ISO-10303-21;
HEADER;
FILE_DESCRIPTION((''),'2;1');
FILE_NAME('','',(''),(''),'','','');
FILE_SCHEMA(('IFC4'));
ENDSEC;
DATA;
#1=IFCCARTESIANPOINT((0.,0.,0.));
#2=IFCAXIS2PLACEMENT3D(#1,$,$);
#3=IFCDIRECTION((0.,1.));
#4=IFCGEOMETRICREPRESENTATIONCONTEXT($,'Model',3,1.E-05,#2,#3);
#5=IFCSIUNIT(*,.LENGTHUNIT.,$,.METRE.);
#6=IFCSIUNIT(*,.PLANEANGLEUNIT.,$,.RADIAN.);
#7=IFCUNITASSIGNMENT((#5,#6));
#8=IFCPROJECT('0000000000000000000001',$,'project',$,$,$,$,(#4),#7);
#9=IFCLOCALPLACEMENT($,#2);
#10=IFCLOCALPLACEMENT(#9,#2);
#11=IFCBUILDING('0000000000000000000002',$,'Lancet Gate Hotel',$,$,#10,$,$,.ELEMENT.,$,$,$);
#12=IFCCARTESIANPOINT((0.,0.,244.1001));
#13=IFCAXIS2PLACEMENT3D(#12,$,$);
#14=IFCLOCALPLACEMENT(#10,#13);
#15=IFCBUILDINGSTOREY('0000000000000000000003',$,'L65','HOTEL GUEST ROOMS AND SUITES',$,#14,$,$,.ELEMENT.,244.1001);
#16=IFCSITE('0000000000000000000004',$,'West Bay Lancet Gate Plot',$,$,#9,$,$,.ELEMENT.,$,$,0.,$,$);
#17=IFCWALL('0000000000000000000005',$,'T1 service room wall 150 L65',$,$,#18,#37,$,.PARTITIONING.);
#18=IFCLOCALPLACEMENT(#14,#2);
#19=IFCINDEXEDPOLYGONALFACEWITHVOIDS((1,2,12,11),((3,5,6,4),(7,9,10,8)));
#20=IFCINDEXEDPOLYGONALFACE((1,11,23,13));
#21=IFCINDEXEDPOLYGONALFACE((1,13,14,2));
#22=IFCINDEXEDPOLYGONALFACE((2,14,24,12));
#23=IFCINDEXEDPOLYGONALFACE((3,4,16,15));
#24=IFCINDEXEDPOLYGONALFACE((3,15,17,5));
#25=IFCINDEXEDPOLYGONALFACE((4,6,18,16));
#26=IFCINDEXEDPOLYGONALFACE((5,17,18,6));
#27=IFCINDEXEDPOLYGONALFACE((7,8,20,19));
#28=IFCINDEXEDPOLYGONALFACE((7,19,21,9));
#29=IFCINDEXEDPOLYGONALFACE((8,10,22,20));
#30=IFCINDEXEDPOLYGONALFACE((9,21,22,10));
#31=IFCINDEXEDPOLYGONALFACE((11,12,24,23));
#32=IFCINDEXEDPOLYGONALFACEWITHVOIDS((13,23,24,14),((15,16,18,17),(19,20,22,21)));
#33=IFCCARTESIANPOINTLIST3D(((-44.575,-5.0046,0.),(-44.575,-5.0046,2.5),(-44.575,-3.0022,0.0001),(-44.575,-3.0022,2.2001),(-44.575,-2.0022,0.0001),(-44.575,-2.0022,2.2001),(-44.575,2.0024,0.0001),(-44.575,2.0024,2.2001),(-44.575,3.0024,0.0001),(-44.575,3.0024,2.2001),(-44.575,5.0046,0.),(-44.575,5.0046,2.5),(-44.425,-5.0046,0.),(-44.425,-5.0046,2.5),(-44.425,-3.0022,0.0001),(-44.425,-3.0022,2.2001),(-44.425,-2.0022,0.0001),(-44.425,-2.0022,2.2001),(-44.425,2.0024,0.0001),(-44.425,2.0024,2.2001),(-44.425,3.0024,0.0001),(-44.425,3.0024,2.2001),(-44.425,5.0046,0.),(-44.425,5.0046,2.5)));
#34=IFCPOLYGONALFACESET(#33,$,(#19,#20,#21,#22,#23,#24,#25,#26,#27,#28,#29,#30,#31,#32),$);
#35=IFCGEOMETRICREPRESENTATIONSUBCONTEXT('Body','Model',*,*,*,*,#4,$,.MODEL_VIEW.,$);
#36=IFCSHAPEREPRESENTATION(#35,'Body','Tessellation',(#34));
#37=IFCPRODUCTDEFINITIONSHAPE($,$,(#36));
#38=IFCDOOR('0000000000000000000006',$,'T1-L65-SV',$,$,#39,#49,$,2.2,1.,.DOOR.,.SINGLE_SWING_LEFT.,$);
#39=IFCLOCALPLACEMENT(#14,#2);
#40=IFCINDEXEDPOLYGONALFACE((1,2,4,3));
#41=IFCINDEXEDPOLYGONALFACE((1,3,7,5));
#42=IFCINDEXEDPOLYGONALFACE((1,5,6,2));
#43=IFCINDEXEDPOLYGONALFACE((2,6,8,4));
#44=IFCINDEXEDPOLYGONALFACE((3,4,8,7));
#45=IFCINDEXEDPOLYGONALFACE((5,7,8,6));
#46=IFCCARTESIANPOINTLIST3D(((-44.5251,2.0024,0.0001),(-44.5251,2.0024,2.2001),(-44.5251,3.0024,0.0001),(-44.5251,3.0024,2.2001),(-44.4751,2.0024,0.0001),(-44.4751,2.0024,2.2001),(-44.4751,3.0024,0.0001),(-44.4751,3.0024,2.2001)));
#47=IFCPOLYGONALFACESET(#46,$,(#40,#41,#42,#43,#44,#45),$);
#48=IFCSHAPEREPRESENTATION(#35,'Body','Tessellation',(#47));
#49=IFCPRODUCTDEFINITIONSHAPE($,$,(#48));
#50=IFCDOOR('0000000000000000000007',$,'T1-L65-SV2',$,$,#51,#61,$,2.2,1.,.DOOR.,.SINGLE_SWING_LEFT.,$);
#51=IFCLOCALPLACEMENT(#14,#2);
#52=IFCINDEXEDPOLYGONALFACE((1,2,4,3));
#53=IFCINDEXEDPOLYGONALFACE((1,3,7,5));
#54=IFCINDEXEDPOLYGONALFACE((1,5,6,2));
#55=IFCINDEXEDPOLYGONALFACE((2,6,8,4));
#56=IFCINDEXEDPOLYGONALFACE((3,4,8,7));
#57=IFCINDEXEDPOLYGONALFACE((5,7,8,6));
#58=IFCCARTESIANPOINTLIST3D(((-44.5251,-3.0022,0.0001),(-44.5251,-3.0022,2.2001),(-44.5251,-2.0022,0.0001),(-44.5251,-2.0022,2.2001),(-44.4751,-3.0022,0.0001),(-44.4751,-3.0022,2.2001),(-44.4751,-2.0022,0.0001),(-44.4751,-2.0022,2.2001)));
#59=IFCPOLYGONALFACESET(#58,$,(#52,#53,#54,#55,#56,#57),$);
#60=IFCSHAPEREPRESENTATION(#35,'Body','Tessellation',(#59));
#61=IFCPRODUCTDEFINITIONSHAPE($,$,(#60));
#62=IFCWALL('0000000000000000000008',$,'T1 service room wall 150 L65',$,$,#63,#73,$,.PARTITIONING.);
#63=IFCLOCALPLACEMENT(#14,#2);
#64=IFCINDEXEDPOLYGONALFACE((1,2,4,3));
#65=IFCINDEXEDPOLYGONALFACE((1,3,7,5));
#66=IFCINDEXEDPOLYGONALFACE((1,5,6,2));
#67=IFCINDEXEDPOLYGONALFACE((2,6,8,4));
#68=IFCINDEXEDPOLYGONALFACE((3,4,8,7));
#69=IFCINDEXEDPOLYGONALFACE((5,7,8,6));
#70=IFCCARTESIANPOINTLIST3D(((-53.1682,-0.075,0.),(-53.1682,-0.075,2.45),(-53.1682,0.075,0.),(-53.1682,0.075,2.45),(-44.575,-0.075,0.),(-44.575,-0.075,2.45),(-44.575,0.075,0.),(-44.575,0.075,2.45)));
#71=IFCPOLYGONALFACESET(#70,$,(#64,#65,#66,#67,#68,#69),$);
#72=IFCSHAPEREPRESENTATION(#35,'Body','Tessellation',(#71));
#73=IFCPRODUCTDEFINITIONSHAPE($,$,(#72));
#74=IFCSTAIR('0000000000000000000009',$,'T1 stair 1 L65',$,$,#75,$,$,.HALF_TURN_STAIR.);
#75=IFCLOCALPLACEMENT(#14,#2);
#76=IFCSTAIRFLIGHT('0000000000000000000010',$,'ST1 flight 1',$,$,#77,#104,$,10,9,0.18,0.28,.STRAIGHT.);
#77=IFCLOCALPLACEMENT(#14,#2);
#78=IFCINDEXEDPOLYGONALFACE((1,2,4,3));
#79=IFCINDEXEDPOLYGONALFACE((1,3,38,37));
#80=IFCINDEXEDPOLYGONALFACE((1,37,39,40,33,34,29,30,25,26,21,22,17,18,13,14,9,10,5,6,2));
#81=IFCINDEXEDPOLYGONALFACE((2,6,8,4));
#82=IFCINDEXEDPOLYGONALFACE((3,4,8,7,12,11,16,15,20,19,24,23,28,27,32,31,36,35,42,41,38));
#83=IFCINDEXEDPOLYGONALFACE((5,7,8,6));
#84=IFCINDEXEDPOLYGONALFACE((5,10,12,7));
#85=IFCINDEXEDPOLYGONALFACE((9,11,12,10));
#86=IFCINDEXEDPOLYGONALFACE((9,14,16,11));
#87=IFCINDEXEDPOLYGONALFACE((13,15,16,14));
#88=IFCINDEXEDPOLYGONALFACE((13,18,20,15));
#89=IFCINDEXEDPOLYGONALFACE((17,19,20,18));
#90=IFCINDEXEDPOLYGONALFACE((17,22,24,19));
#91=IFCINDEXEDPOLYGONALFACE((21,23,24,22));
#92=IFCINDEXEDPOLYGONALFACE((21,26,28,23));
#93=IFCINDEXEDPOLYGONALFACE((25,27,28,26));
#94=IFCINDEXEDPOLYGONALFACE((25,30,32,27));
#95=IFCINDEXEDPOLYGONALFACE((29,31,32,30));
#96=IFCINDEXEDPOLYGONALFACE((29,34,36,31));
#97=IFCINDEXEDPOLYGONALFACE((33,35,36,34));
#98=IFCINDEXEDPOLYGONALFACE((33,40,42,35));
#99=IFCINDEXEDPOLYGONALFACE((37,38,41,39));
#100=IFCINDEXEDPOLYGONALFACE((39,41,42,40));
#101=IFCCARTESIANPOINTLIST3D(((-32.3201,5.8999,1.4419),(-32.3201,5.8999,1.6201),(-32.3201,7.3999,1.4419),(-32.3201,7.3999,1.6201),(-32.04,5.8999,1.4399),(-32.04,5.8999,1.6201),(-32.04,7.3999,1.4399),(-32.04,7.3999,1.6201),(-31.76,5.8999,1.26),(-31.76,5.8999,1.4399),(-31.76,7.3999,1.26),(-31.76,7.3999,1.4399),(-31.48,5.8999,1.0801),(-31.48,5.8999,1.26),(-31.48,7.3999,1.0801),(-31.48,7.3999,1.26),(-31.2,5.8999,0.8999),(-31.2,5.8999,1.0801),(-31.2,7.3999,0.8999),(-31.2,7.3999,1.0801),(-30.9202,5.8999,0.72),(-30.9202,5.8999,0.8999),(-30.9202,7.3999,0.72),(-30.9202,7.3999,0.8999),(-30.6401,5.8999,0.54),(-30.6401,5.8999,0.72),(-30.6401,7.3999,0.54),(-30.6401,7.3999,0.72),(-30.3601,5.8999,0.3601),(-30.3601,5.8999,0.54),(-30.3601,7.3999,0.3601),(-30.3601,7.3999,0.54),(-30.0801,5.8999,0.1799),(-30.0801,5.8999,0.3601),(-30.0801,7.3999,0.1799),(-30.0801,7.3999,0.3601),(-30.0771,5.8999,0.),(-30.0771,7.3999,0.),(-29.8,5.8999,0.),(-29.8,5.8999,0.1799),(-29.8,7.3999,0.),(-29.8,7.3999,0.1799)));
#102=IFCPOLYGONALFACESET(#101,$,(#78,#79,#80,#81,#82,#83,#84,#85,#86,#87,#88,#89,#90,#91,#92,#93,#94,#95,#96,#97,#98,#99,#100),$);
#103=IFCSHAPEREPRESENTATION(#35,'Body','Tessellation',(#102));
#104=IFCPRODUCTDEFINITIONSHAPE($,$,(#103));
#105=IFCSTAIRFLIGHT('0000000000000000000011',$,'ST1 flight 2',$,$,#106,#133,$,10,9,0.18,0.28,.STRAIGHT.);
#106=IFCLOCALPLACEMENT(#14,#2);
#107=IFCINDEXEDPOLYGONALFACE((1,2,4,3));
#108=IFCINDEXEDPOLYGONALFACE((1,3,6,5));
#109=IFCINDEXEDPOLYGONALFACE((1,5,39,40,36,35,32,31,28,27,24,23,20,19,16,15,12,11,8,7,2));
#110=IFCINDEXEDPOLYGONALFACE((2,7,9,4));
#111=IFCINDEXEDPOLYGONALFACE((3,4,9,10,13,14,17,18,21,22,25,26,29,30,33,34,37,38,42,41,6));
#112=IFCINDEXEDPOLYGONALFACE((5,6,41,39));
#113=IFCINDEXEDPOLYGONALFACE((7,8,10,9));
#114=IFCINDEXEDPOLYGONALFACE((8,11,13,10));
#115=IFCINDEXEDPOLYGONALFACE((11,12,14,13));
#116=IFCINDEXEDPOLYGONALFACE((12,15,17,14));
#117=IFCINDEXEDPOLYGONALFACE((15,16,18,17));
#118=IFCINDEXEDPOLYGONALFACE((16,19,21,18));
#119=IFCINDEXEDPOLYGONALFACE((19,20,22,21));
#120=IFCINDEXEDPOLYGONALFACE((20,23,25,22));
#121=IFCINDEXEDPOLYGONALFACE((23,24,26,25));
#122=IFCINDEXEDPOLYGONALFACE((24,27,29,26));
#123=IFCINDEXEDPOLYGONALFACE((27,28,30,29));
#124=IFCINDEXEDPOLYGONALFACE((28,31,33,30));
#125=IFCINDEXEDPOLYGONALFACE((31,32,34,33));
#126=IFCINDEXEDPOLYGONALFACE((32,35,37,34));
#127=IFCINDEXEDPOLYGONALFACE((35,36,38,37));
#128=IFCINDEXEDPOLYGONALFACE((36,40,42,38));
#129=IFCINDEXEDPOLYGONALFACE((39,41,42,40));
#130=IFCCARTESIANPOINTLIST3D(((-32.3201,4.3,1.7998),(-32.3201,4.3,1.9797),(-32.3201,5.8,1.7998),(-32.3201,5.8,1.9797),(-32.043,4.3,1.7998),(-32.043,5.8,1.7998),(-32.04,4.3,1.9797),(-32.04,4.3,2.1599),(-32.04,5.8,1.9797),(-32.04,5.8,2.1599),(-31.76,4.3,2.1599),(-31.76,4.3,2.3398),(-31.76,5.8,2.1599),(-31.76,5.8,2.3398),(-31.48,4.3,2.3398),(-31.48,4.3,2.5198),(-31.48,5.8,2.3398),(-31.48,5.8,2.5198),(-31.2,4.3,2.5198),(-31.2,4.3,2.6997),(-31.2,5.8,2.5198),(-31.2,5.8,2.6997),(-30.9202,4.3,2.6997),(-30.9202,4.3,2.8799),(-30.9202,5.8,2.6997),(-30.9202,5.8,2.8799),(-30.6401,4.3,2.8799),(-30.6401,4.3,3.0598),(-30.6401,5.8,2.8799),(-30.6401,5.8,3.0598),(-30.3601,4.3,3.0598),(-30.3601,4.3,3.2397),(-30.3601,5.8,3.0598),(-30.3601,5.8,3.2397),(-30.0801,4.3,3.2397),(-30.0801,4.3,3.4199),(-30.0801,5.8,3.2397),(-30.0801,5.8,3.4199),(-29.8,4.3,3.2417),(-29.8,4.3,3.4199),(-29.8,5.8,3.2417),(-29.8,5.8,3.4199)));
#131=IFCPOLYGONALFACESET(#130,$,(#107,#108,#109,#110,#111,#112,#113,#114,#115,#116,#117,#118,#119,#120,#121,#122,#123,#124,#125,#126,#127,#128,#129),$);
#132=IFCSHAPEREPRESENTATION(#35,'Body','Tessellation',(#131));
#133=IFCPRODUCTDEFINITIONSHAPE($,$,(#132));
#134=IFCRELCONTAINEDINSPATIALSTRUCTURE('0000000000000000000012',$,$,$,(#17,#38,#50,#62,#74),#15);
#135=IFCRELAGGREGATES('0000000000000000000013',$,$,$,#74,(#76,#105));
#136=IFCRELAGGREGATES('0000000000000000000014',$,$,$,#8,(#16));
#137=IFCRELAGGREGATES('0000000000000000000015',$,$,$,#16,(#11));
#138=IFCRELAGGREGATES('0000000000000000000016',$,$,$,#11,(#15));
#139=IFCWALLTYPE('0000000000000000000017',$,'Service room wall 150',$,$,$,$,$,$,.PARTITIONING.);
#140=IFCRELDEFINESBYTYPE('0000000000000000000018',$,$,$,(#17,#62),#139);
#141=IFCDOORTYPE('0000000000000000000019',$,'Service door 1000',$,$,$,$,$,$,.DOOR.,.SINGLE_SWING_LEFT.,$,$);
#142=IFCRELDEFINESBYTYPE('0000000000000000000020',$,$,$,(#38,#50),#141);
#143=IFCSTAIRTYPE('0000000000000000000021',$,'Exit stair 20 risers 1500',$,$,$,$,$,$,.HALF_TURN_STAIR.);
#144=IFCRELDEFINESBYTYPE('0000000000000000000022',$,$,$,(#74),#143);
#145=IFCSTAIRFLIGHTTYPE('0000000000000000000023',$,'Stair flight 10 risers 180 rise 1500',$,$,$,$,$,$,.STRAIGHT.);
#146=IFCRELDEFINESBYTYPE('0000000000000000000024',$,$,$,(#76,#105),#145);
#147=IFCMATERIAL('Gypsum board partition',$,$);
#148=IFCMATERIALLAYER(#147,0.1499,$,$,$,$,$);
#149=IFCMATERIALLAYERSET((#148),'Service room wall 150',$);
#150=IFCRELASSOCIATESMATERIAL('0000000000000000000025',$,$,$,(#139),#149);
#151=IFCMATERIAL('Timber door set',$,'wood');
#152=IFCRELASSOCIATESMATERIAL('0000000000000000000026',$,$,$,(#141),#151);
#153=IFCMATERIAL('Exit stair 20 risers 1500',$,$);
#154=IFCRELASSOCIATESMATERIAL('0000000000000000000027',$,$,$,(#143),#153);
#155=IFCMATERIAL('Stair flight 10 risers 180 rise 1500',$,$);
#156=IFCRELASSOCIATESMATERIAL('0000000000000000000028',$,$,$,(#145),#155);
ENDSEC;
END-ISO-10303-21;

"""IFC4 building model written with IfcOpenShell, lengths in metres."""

from ifc_helpers import new_model, si_unit, direction, frame, frame_2d, origin, place, context, subcontext, project, spatial, polyline, rectangle, outline, extrude, material, layer, layer_set, type_object, element, fill, aggregate, save


model = new_model("IFC4")

# Units and contexts
model_context = context("Model", 3, precision=1e-05, world=origin(), true_north=direction((0.0, 1.0)))
body_context = subcontext(model_context, "Body", "Model", "MODEL_VIEW")
ifc_project = project(units=[si_unit("LENGTHUNIT", "METRE"), si_unit("PLANEANGLEUNIT", "RADIAN")], contexts=[model_context])

# Site, building, storey
site_placement = place(None, origin())
site = spatial("IfcSite", under=ifc_project, at=site_placement, Name="West Bay Lancet Gate Plot", CompositionType="ELEMENT", RefElevation=0.0)
building_placement = place(site_placement, origin())
building = spatial("IfcBuilding", under=site, at=building_placement, Name="Lancet Gate Hotel", CompositionType="ELEMENT")
storey_placement = place(building_placement, frame((0.0, 0.0, 244.1001)))
storey = spatial("IfcBuildingStorey", under=building, at=storey_placement, Name="L65", Description="HOTEL GUEST ROOMS AND SUITES", CompositionType="ELEMENT", Elevation=244.1001)

# Shared definitions
ifc_material_1 = material(Name="Gypsum board partition")
ifc_layer_1 = layer(ifc_material_1, 0.1499)
ifc_layer_set_1 = layer_set([ifc_layer_1], Name="Service room wall 150")
wall_type_1 = type_object("IfcWallType", Name="Service room wall 150", PredefinedType="PARTITIONING", material=ifc_layer_set_1)

# Wall, openings, doors
wall_1_placement = place(storey_placement, frame((-44.5, 5.0046, 0.0), z_axis=(0.0, 0.0, 1.0), x_axis=(0.0, -1.0, 0.0)))
wall_1 = element("IfcWall", 1, at=wall_1_placement, inside=storey, type_object=wall_type_1, Name="T1 service room wall 150 L65", PredefinedType="PARTITIONING", context=body_context, shape_type="SweptSolid", body=[
    extrude(rectangle(XDim=10.0093, YDim=0.1499, at=frame_2d((5.0046, 0.0))), origin(), (0.0, 0.0, 1.0), 2.5),
])
opening_1_placement = place(wall_1_placement, frame((2.0022, 0.0, 0.0)))
opening_1 = element("IfcOpeningElement", 2, at=opening_1_placement, cuts=wall_1, PredefinedType="OPENING", context=body_context, shape_type="SweptSolid", body=[
    extrude(rectangle(XDim=1.0, YDim=2.2, at=frame_2d((0.5, 1.1001))), frame((0.0, 0.085, 0.0), z_axis=(0.0, -1.0, 0.0), x_axis=(1.0, 0.0, 0.0)), (0.0, 0.0, 1.0), 0.1699),
])
opening_2_placement = place(wall_1_placement, frame((7.0068, 0.0, 0.0)))
opening_2 = element("IfcOpeningElement", 3, at=opening_2_placement, cuts=wall_1, PredefinedType="OPENING", context=body_context, shape_type="SweptSolid", body=[
    extrude(rectangle(XDim=1.0, YDim=2.2, at=frame_2d((0.5, 1.1001))), frame((0.0, 0.085, 0.0), z_axis=(0.0, -1.0, 0.0), x_axis=(1.0, 0.0, 0.0)), (0.0, 0.0, 1.0), 0.1699),
])
ifc_material_2 = material(Name="Timber door set", Category="wood")
door_type_1 = type_object("IfcDoorType", Name="Service door 1000", OperationType="SINGLE_SWING_LEFT", PredefinedType="DOOR", material=ifc_material_2)
door_1_placement = place(opening_1_placement, origin())
door_1 = element("IfcDoor", 4, at=door_1_placement, inside=storey, type_object=door_type_1, Name="T1-L65-SV", OperationType="SINGLE_SWING_LEFT", OverallHeight=2.2, OverallWidth=1.0, PredefinedType="DOOR", context=body_context, shape_type="SweptSolid", body=[
    extrude(rectangle(XDim=1.0, YDim=2.2, at=frame_2d((0.5, 1.1001))), frame((0.0, 0.0249, 0.0), z_axis=(0.0, -1.0, 0.0), x_axis=(1.0, 0.0, 0.0)), (0.0, 0.0, 1.0), 0.05),
])
fill(opening_1, door_1)
door_2_placement = place(opening_2_placement, origin())
door_2 = element("IfcDoor", 5, at=door_2_placement, inside=storey, type_object=door_type_1, Name="T1-L65-SV2", OperationType="SINGLE_SWING_LEFT", OverallHeight=2.2, OverallWidth=1.0, PredefinedType="DOOR", context=body_context, shape_type="SweptSolid", body=[
    extrude(rectangle(XDim=1.0, YDim=2.2, at=frame_2d((0.5, 1.1001))), frame((0.0, 0.0249, 0.0), z_axis=(0.0, -1.0, 0.0), x_axis=(1.0, 0.0, 0.0)), (0.0, 0.0, 1.0), 0.05),
])
fill(opening_2, door_2)

# Wall
wall_2_placement = place(storey_placement, frame((-44.575, 0.0, 0.0), z_axis=(0.0, 0.0, 1.0), x_axis=(-1.0, 0.0, 0.0)))
element("IfcWall", 6, at=wall_2_placement, inside=storey, type_object=wall_type_1, Name="T1 service room wall 150 L65", PredefinedType="PARTITIONING", context=body_context, shape_type="SweptSolid", body=[
    extrude(rectangle(XDim=8.5933, YDim=0.1499, at=frame_2d((4.2966, 0.0))), origin(), (0.0, 0.0, 1.0), 2.45),
])

# Stair, stair flights
ifc_material_3 = material(Name="Exit stair 20 risers 1500")
stair_type = type_object("IfcStairType", Name="Exit stair 20 risers 1500", PredefinedType="HALF_TURN_STAIR", material=ifc_material_3)
stair_placement = place(storey_placement, origin())
stair = element("IfcStair", 7, at=stair_placement, inside=storey, type_object=stair_type, Name="T1 stair 1 L65", PredefinedType="HALF_TURN_STAIR")
ifc_material_4 = material(Name="Stair flight 10 risers 180 rise 1500")
stair_flight_type = type_object("IfcStairFlightType", Name="Stair flight 10 risers 180 rise 1500", PredefinedType="STRAIGHT", material=ifc_material_4)
stair_flight_1_placement = place(storey_placement, frame((-29.8, 6.6499, 0.0), z_axis=(0.0, 0.0, 1.0), x_axis=(-1.0, 0.0, 0.0)))
stair_flight_1 = element("IfcStairFlight", 8, at=stair_flight_1_placement, type_object=stair_flight_type, Name="ST1 flight 1", NumberOfRisers=10, NumberOfTreads=9, PredefinedType="STRAIGHT", RiserHeight=0.18, TreadLength=0.28, context=body_context, shape_type="SweptSolid", body=[
    extrude(outline(polyline([(0.0, 0.0), (0.0, 0.1799), (0.28, 0.1799), (0.28, 0.3601), (0.5601, 0.3601), (0.5601, 0.54), (0.8401, 0.54), (0.8401, 0.72), (1.1201, 0.72), (1.1201, 0.8999), (1.3999, 0.8999), (1.3999, 1.0801), (1.6799, 1.0801), (1.6799, 1.26), (1.96, 1.26), (1.96, 1.4399), (2.24, 1.4399), (2.24, 1.6201), (2.52, 1.6201), (2.52, 1.8), (2.52, 1.4419), (0.2771, 0.0), (0.0, 0.0)])), frame((0.0, 0.75, 0.0), z_axis=(0.0, -1.0, 0.0), x_axis=(1.0, 0.0, 0.0)), (0.0, 0.0, 1.0), 1.5),
])
stair_flight_2_placement = place(storey_placement, frame((-32.3201, 5.05, 1.7998), z_axis=(0.0, 0.0, 1.0), x_axis=(1.0, 0.0, 0.0)))
stair_flight_2 = element("IfcStairFlight", 9, at=stair_flight_2_placement, type_object=stair_flight_type, Name="ST1 flight 2", NumberOfRisers=10, NumberOfTreads=9, PredefinedType="STRAIGHT", RiserHeight=0.18, TreadLength=0.28, context=body_context, shape_type="SweptSolid", body=[
    extrude(outline(polyline([(0.0, 0.0), (0.0, 0.1799), (0.28, 0.1799), (0.28, 0.3601), (0.5601, 0.3601), (0.5601, 0.54), (0.8401, 0.54), (0.8401, 0.72), (1.1201, 0.72), (1.1201, 0.8999), (1.3999, 0.8999), (1.3999, 1.0801), (1.6799, 1.0801), (1.6799, 1.26), (1.96, 1.26), (1.96, 1.4399), (2.24, 1.4399), (2.24, 1.6201), (2.52, 1.6201), (2.52, 1.8), (2.52, 1.4419), (0.2771, 0.0), (0.0, 0.0)])), frame((0.0, 0.75, 0.0), z_axis=(0.0, -1.0, 0.0), x_axis=(1.0, 0.0, 0.0)), (0.0, 0.0, 1.0), 1.5),
])
aggregate(stair, [stair_flight_1, stair_flight_2])

save(model, "model.ifc")
